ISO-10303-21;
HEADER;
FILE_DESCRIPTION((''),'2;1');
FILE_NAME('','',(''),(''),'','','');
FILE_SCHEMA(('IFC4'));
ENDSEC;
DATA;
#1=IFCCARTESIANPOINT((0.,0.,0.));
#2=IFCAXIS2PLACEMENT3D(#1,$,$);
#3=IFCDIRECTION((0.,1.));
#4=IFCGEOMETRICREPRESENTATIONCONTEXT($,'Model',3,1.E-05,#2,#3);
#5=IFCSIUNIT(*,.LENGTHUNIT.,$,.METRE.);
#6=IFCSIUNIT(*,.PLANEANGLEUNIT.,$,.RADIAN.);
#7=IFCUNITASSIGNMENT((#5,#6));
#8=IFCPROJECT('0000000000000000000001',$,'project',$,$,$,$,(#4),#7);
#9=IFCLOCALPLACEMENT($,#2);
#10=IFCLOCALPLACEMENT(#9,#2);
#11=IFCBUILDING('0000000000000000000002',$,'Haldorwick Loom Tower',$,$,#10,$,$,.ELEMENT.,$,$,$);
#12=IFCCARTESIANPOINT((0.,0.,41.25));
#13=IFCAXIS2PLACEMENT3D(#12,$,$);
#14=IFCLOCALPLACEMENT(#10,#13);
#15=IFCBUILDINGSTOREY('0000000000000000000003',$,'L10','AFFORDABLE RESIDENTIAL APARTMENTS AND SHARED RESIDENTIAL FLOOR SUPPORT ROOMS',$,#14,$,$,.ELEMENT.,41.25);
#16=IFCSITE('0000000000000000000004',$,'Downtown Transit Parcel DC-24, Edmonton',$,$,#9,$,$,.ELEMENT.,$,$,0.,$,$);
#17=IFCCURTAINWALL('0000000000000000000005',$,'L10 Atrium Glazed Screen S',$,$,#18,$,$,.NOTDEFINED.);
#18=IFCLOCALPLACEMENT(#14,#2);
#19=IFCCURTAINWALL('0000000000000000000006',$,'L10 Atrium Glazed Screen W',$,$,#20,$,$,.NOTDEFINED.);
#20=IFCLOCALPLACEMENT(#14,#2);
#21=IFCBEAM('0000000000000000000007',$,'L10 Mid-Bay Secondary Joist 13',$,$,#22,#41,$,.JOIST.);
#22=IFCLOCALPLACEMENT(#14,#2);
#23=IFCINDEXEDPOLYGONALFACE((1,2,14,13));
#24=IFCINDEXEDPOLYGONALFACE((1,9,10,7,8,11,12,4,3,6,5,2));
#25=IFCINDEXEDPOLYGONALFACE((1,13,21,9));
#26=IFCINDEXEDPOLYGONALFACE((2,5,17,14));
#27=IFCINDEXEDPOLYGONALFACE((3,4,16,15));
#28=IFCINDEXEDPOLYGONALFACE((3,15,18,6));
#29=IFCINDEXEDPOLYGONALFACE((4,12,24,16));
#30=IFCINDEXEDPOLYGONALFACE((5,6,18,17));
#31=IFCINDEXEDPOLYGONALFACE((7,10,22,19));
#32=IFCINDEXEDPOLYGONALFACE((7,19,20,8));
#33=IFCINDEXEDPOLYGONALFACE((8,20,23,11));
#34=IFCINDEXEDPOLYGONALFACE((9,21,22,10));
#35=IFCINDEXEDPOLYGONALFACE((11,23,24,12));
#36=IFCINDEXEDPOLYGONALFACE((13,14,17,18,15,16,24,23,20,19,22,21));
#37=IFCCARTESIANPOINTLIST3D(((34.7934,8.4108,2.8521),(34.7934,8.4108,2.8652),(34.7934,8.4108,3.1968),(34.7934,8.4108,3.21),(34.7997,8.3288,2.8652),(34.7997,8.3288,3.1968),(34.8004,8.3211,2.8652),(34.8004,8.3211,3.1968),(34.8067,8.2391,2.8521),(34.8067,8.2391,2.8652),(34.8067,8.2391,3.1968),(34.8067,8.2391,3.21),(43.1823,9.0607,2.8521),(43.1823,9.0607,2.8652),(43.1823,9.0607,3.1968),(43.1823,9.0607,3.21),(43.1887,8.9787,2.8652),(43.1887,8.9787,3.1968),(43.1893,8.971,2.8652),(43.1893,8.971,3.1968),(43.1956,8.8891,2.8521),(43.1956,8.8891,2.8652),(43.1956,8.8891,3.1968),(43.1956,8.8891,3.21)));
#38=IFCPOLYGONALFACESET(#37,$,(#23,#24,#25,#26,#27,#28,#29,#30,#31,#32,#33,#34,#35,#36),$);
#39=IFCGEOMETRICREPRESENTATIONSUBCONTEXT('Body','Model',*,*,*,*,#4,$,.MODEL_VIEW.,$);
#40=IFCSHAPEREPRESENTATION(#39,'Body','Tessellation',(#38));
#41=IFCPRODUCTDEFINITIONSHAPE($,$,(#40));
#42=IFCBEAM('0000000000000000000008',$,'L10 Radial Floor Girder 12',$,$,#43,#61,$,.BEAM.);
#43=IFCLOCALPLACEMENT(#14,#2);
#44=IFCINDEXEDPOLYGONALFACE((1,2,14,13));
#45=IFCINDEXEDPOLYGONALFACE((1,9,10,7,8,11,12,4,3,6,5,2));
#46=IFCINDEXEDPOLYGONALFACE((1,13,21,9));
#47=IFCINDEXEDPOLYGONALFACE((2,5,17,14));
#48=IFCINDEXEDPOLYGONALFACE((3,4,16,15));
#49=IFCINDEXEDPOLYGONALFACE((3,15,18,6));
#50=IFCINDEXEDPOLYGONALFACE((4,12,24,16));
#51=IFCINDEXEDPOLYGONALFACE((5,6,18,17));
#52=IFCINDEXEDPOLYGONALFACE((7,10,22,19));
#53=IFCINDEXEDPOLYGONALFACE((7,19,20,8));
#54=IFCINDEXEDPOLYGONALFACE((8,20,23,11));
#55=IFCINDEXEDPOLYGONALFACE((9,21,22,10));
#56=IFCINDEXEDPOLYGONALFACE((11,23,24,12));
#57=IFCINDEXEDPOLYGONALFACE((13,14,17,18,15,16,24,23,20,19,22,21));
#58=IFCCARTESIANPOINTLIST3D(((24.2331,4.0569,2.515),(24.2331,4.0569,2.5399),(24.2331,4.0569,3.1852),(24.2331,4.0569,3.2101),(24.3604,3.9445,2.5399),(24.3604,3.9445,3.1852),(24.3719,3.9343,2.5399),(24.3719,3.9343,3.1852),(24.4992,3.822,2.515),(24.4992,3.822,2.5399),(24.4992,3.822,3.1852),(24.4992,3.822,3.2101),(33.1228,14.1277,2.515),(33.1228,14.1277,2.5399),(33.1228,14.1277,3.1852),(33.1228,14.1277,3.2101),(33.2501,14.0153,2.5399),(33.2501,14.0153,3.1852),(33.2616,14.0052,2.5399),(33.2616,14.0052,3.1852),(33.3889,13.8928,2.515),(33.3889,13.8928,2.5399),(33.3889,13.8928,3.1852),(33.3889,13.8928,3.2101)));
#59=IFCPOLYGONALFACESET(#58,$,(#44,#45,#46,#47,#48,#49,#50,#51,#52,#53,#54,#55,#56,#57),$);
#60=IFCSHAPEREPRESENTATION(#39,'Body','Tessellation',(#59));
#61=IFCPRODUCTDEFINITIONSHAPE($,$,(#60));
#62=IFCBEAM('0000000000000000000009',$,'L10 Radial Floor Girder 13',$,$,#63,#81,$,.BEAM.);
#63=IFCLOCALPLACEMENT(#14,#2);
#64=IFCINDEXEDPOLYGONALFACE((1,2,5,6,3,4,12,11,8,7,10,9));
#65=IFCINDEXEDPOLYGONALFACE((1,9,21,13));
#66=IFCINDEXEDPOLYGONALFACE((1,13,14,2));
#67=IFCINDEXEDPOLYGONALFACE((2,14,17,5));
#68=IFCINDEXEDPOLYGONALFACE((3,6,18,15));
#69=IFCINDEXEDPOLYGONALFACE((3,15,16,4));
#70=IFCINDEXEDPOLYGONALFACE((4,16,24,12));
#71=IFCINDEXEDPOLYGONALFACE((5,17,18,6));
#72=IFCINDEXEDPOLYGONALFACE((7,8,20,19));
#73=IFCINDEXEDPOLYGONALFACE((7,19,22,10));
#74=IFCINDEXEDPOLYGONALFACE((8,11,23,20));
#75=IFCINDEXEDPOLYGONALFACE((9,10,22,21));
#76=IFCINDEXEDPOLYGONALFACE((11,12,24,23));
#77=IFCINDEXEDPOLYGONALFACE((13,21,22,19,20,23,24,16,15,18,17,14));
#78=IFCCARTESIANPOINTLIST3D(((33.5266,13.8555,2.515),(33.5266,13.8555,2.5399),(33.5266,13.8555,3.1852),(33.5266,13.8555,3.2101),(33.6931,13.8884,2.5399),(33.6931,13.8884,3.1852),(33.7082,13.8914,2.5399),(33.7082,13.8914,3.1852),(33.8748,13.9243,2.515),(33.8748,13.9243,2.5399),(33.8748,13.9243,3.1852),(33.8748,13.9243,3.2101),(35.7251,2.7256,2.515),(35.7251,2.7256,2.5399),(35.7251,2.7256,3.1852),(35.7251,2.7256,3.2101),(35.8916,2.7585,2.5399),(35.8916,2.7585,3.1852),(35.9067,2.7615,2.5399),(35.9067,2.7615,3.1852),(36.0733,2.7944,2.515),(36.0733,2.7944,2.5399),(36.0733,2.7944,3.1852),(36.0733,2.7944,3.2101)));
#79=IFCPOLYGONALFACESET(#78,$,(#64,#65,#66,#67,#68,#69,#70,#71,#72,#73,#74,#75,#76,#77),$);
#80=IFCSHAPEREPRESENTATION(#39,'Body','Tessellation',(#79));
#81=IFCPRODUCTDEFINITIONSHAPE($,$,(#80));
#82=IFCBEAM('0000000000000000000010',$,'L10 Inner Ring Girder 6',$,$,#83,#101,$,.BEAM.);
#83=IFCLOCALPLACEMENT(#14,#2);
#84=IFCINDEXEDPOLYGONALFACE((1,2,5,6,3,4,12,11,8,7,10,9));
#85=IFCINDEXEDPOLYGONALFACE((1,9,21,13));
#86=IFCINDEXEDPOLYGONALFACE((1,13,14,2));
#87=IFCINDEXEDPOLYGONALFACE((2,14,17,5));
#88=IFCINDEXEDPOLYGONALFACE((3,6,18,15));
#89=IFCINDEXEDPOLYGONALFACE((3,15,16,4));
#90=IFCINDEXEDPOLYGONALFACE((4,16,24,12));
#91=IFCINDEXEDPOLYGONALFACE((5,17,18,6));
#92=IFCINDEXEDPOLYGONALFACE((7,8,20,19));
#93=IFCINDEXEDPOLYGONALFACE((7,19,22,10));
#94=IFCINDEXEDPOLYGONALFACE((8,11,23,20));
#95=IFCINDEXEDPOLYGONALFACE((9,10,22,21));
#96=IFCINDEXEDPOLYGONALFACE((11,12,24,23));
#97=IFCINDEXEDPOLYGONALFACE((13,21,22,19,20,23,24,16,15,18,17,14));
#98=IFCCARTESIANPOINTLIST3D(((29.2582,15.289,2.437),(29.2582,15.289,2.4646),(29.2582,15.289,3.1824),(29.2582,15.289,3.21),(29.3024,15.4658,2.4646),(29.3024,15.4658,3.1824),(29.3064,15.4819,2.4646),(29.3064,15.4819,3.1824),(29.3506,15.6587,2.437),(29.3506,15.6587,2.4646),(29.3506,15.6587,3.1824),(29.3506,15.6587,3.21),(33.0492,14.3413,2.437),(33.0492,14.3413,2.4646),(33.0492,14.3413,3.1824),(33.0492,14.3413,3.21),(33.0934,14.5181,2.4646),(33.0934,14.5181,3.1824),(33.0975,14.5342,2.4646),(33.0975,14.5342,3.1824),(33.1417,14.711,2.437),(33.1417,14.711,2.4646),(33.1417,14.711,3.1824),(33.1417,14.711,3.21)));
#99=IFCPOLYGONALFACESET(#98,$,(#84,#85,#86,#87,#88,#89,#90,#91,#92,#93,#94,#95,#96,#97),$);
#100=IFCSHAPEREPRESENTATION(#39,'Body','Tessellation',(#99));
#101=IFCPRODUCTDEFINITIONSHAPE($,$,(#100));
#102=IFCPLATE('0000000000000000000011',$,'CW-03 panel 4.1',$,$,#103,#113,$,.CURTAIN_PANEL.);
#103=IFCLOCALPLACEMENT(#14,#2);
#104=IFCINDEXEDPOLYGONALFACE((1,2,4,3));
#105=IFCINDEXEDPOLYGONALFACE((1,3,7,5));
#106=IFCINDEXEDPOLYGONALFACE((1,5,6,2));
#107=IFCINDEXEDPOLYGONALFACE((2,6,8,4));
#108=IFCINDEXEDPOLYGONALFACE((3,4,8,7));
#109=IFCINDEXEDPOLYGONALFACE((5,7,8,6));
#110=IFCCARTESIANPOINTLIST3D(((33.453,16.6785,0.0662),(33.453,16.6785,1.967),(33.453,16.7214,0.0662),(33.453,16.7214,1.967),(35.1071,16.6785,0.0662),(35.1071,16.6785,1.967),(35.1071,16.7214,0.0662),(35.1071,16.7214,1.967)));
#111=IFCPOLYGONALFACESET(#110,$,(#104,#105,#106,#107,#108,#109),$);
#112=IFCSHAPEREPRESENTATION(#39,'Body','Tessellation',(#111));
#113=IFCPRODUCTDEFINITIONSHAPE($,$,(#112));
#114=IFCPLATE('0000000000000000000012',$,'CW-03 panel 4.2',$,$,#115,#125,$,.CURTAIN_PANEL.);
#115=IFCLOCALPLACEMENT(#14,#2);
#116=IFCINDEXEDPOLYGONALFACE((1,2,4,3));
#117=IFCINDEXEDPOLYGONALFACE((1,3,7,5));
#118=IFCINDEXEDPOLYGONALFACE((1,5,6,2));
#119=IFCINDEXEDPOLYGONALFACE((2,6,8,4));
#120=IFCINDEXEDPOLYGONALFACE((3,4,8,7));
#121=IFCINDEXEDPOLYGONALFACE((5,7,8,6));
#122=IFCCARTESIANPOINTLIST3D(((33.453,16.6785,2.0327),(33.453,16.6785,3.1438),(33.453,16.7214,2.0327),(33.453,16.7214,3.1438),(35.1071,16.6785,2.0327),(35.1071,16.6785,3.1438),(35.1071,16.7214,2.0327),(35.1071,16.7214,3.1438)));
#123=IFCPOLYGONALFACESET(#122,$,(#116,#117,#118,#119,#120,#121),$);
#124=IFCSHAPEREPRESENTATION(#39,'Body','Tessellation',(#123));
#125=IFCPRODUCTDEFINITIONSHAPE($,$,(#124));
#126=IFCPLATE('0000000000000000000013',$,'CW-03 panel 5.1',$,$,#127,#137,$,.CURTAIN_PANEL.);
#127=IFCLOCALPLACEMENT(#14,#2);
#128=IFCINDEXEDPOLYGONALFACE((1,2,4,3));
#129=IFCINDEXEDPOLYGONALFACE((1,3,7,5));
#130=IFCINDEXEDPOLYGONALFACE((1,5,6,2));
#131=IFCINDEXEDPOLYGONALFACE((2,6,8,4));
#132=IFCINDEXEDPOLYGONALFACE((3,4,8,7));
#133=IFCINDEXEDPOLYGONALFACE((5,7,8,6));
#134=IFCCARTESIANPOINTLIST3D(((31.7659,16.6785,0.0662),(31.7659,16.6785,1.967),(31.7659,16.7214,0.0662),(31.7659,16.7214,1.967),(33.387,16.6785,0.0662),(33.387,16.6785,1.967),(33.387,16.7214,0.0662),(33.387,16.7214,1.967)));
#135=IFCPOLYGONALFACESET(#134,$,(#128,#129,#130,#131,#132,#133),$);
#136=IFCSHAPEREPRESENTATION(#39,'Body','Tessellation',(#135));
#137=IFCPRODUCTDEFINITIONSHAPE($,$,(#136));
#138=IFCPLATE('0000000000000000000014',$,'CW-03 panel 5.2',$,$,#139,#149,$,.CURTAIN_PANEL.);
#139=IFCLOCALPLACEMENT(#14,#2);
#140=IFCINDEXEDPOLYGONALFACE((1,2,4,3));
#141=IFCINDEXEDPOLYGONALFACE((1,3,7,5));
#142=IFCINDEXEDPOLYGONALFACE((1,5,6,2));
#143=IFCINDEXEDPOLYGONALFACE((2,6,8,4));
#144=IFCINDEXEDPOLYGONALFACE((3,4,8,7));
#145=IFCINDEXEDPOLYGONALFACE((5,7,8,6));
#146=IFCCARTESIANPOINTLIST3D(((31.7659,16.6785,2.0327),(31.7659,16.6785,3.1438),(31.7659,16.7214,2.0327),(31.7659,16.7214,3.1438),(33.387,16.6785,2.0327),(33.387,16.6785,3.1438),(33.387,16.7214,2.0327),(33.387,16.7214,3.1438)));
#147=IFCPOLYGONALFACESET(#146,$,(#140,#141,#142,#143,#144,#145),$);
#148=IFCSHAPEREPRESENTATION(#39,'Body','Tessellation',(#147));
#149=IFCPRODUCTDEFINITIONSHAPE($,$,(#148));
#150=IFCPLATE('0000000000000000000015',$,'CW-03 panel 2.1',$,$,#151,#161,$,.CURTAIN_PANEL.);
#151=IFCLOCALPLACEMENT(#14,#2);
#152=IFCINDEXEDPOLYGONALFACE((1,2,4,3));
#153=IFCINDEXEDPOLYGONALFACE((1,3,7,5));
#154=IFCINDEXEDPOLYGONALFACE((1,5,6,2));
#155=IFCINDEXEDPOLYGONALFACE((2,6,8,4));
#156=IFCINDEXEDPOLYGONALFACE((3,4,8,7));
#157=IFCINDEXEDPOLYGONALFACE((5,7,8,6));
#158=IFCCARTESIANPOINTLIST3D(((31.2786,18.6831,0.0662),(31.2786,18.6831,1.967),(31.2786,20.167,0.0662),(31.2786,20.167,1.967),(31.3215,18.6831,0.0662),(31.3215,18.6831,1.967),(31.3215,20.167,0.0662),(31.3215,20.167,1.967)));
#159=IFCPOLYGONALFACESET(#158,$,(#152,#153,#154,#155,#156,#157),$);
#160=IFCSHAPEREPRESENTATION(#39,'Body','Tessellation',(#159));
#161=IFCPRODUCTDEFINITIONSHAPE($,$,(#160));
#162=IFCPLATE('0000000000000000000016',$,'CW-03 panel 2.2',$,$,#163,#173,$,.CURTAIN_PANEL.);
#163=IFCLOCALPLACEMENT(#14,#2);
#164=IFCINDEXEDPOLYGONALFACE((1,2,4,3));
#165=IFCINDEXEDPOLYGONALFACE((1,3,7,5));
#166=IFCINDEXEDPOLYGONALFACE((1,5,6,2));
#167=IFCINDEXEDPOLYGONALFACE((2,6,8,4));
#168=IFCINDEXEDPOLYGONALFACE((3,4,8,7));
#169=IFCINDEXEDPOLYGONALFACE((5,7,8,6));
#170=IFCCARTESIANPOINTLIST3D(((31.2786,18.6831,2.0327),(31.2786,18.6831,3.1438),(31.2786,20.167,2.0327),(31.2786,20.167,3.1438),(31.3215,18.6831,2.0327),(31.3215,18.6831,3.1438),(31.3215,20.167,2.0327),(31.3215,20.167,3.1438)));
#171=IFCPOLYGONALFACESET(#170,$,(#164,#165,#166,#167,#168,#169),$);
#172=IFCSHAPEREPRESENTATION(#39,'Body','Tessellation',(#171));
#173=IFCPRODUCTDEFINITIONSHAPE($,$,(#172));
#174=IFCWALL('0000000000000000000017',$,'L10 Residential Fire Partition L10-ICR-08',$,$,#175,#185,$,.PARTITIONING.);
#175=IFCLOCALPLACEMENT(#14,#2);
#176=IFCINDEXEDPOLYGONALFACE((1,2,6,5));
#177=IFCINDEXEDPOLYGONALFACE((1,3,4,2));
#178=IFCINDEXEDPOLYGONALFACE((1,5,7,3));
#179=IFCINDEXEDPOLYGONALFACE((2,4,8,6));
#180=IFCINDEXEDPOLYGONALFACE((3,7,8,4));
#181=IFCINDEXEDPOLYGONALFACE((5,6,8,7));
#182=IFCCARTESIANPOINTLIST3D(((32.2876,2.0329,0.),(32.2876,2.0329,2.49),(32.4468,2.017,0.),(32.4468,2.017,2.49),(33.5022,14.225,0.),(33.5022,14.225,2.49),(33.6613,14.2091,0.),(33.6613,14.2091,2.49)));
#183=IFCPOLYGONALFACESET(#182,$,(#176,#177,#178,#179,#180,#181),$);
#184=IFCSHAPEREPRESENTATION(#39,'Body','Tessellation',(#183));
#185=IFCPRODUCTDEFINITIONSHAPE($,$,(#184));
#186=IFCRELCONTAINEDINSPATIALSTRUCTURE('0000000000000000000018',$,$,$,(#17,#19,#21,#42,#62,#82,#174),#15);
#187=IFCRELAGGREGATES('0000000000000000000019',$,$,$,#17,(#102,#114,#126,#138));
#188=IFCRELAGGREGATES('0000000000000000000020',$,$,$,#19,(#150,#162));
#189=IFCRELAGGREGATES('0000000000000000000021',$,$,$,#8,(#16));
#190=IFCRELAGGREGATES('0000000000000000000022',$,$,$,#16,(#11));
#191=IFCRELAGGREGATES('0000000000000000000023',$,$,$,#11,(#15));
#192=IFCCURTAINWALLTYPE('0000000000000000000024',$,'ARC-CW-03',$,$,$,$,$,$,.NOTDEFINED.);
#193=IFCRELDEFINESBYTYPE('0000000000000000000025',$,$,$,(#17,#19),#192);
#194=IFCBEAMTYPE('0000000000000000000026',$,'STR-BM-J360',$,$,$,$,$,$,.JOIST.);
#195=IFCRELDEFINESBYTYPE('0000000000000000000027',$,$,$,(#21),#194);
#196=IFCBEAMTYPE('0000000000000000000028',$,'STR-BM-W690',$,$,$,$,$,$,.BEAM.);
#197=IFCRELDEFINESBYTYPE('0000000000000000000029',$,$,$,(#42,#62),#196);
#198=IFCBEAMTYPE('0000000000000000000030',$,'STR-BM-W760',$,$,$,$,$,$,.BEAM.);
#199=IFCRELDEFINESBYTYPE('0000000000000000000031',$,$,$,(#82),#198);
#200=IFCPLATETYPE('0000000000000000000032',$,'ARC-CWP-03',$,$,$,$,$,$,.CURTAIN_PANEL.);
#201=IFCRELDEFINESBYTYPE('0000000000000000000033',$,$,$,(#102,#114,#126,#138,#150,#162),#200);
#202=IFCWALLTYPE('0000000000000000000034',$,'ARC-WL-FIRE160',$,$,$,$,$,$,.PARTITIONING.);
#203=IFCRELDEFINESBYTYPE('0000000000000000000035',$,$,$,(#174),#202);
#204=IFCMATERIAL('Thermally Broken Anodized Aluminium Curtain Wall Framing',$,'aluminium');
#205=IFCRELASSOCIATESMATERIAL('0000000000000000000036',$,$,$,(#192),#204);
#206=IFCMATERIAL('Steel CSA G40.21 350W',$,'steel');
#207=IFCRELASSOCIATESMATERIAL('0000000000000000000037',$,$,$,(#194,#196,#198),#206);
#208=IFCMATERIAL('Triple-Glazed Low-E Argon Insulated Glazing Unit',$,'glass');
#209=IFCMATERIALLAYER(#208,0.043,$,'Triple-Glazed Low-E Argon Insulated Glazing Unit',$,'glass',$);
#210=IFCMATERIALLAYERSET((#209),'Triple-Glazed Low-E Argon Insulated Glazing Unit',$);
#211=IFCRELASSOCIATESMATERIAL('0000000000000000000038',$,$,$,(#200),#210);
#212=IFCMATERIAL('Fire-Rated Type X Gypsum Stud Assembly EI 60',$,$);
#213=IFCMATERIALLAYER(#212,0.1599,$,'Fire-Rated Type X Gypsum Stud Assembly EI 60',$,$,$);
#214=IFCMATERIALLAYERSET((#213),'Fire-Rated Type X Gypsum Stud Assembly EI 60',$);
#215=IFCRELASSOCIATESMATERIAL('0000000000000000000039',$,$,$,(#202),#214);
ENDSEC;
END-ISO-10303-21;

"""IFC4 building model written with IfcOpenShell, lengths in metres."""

from ifc_helpers import new_model, si_unit, direction, frame, frame_2d, origin, origin_2d, place, context, subcontext, project, spatial, rectangle, i_section, extrude, material, layer, layer_set, material_profile, profile_set, type_object, element, aggregate, save


model = new_model("IFC4")

# Units and contexts
model_context = context("Model", 3, precision=1e-05, world=origin(), true_north=direction((0.0, 1.0)))
body_context = subcontext(model_context, "Body", "Model", "MODEL_VIEW")
ifc_project = project(units=[si_unit("LENGTHUNIT", "METRE"), si_unit("PLANEANGLEUNIT", "RADIAN")], contexts=[model_context])

# Site, building, storey
site_placement = place(None, origin())
site = spatial("IfcSite", under=ifc_project, at=site_placement, Name="Downtown Transit Parcel DC-24, Edmonton", CompositionType="ELEMENT", RefElevation=0.0)
building_placement = place(site_placement, origin())
building = spatial("IfcBuilding", under=site, at=building_placement, Name="Haldorwick Loom Tower", CompositionType="ELEMENT")
storey_placement = place(building_placement, frame((0.0, 0.0, 41.25)))
storey = spatial("IfcBuildingStorey", under=building, at=storey_placement, Name="L10", Description="AFFORDABLE RESIDENTIAL APARTMENTS AND SHARED RESIDENTIAL FLOOR SUPPORT ROOMS", CompositionType="ELEMENT", Elevation=41.25)

# Curtain wall
ifc_material_1 = material(Name="Thermally Broken Anodized Aluminium Curtain Wall Framing", Category="aluminium")
curtain_wall_type = type_object("IfcCurtainWallType", Name="ARC-CW-03", PredefinedType="NOTDEFINED", material=ifc_material_1)
curtain_wall_1_placement = place(storey_placement, origin())
curtain_wall_1 = element("IfcCurtainWall", 1, at=curtain_wall_1_placement, inside=storey, type_object=curtain_wall_type, Name="L10 Atrium Glazed Screen S", PredefinedType="NOTDEFINED")

# Curtain wall
curtain_wall_2_placement = place(storey_placement, origin())
curtain_wall_2 = element("IfcCurtainWall", 2, at=curtain_wall_2_placement, inside=storey, type_object=curtain_wall_type, Name="L10 Atrium Glazed Screen W", PredefinedType="NOTDEFINED")

# Beams
ifc_material_2 = material(Name="Steel CSA G40.21 350W", Category="steel")
ifc_material_profile_1 = material_profile(ifc_material_2, i_section(OverallWidth=0.1721, OverallDepth=0.3579, WebThickness=0.0078, FlangeThickness=0.0132, at=origin_2d()), Name="W360X57", Category="steel")
ifc_profile_set_1 = profile_set([ifc_material_profile_1], Name="Steel CSA G40.21 350W")
beam_type_1 = type_object("IfcBeamType", Name="STR-BM-J360", PredefinedType="JOIST", material=ifc_profile_set_1)
beam_1_placement = place(storey_placement, frame((34.8, 8.325, 3.031), z_axis=(0.997013, 0.07724, 0.0), x_axis=(-0.07724, 0.997013, 0.0)))
element("IfcBeam", 3, at=beam_1_placement, inside=storey, type_object=beam_type_1, Name="L10 Mid-Bay Secondary Joist 13", PredefinedType="JOIST", context=body_context, shape_type="SweptSolid", body=[
    extrude(i_section(OverallWidth=0.1721, OverallDepth=0.3579, WebThickness=0.0078, FlangeThickness=0.0132, at=origin_2d()), origin(), (0.0, 0.0, 1.0), 8.4141),
])
ifc_material_profile_2 = material_profile(ifc_material_2, i_section(OverallWidth=0.355, OverallDepth=0.6951, WebThickness=0.0154, FlangeThickness=0.0249, at=origin_2d()), Name="W690X217", Category="steel")
ifc_profile_set_2 = profile_set([ifc_material_profile_2], Name="Steel CSA G40.21 350W")
beam_type_2 = type_object("IfcBeamType", Name="STR-BM-W690", PredefinedType="BEAM", material=ifc_profile_set_2)
beam_2_placement = place(storey_placement, frame((33.2559, 14.0103, 2.8625), z_axis=(-0.661774, -0.749703, 0.0), x_axis=(0.749703, -0.661774, 0.0)))
element("IfcBeam", 4, at=beam_2_placement, inside=storey, type_object=beam_type_2, Name="L10 Radial Floor Girder 12", PredefinedType="BEAM", context=body_context, shape_type="SweptSolid", body=[
    extrude(i_section(OverallWidth=0.355, OverallDepth=0.6951, WebThickness=0.0154, FlangeThickness=0.0249, at=origin_2d()), origin(), (0.0, 0.0, 1.0), 13.4331),
])
beam_3_placement = place(storey_placement, frame((33.7007, 13.8899, 2.8625), z_axis=(0.193786, -0.981044, 0.0), x_axis=(0.981044, 0.193786, 0.0)))
element("IfcBeam", 5, at=beam_3_placement, inside=storey, type_object=beam_type_2, Name="L10 Radial Floor Girder 13", PredefinedType="BEAM", context=body_context, shape_type="SweptSolid", body=[
    extrude(i_section(OverallWidth=0.355, OverallDepth=0.6951, WebThickness=0.0154, FlangeThickness=0.0249, at=origin_2d()), origin(), (0.0, 0.0, 1.0), 11.345),
])
ifc_material_profile_3 = material_profile(ifc_material_2, i_section(OverallWidth=0.3811, OverallDepth=0.7729, WebThickness=0.0166, FlangeThickness=0.0276, at=origin_2d()), Name="W760X257", Category="steel")
ifc_profile_set_3 = profile_set([ifc_material_profile_3], Name="Steel CSA G40.21 350W")
beam_type_3 = type_object("IfcBeamType", Name="STR-BM-W760", PredefinedType="BEAM", material=ifc_profile_set_3)
beam_4_placement = place(storey_placement, frame((33.0955, 14.5261, 2.8235), z_axis=(-0.970143, 0.242536, 0.0), x_axis=(-0.242536, -0.970143, 0.0)))
element("IfcBeam", 6, at=beam_4_placement, inside=storey, type_object=beam_type_3, Name="L10 Inner Ring Girder 6", PredefinedType="BEAM", context=body_context, shape_type="SweptSolid", body=[
    extrude(i_section(OverallWidth=0.3811, OverallDepth=0.7729, WebThickness=0.0166, FlangeThickness=0.0276, at=origin_2d()), origin(), (0.0, 0.0, 1.0), 3.9077),
])

# Plates
ifc_material_3 = material(Name="Triple-Glazed Low-E Argon Insulated Glazing Unit", Category="glass")
ifc_layer_1 = layer(ifc_material_3, 0.043, Name="Triple-Glazed Low-E Argon Insulated Glazing Unit", Category="glass")
ifc_layer_set_1 = layer_set([ifc_layer_1], Name="Triple-Glazed Low-E Argon Insulated Glazing Unit")
plate_type = type_object("IfcPlateType", Name="ARC-CWP-03", PredefinedType="CURTAIN_PANEL", material=ifc_layer_set_1)
plate_1_placement = place(storey_placement, frame((34.28, 16.7, 0.0662), z_axis=(0.0, 0.0, 1.0), x_axis=(-1.0, 0.0, 0.0)))
plate_1 = element("IfcPlate", 7, at=plate_1_placement, type_object=plate_type, Name="CW-03 panel 4.1", PredefinedType="CURTAIN_PANEL", context=body_context, shape_type="SweptSolid", body=[
    extrude(rectangle(XDim=1.6541, YDim=0.043, at=origin_2d()), origin(), (0.0, 0.0, 1.0), 1.9009),
])
plate_2_placement = place(storey_placement, frame((34.28, 16.7, 2.0327), z_axis=(0.0, 0.0, 1.0), x_axis=(-1.0, 0.0, 0.0)))
plate_2 = element("IfcPlate", 8, at=plate_2_placement, type_object=plate_type, Name="CW-03 panel 4.2", PredefinedType="CURTAIN_PANEL", context=body_context, shape_type="SweptSolid", body=[
    extrude(rectangle(XDim=1.6541, YDim=0.043, at=origin_2d()), origin(), (0.0, 0.0, 1.0), 1.1111),
])
plate_3_placement = place(storey_placement, frame((32.5764, 16.7, 0.0662), z_axis=(0.0, 0.0, 1.0), x_axis=(-1.0, 0.0, 0.0)))
plate_3 = element("IfcPlate", 9, at=plate_3_placement, type_object=plate_type, Name="CW-03 panel 5.1", PredefinedType="CURTAIN_PANEL", context=body_context, shape_type="SweptSolid", body=[
    extrude(rectangle(XDim=1.6211, YDim=0.043, at=origin_2d()), origin(), (0.0, 0.0, 1.0), 1.9009),
])
plate_4_placement = place(storey_placement, frame((32.5764, 16.7, 2.0327), z_axis=(0.0, 0.0, 1.0), x_axis=(-1.0, 0.0, 0.0)))
plate_4 = element("IfcPlate", 10, at=plate_4_placement, type_object=plate_type, Name="CW-03 panel 5.2", PredefinedType="CURTAIN_PANEL", context=body_context, shape_type="SweptSolid", body=[
    extrude(rectangle(XDim=1.6211, YDim=0.043, at=origin_2d()), origin(), (0.0, 0.0, 1.0), 1.1111),
])
aggregate(curtain_wall_1, [plate_1, plate_2, plate_3, plate_4])
plate_5_placement = place(storey_placement, frame((31.3, 19.425, 0.0662), z_axis=(0.0, 0.0, 1.0), x_axis=(0.0, 1.0, 0.0)))
plate_5 = element("IfcPlate", 11, at=plate_5_placement, type_object=plate_type, Name="CW-03 panel 2.1", PredefinedType="CURTAIN_PANEL", context=body_context, shape_type="SweptSolid", body=[
    extrude(rectangle(XDim=1.4839, YDim=0.043, at=origin_2d()), origin(), (0.0, 0.0, 1.0), 1.9009),
])
plate_6_placement = place(storey_placement, frame((31.3, 19.425, 2.0327), z_axis=(0.0, 0.0, 1.0), x_axis=(0.0, 1.0, 0.0)))
plate_6 = element("IfcPlate", 12, at=plate_6_placement, type_object=plate_type, Name="CW-03 panel 2.2", PredefinedType="CURTAIN_PANEL", context=body_context, shape_type="SweptSolid", body=[
    extrude(rectangle(XDim=1.4839, YDim=0.043, at=origin_2d()), origin(), (0.0, 0.0, 1.0), 1.1111),
])
aggregate(curtain_wall_2, [plate_5, plate_6])

# Wall
ifc_material_4 = material(Name="Fire-Rated Type X Gypsum Stud Assembly EI 60")
ifc_layer_2 = layer(ifc_material_4, 0.1599, Name="Fire-Rated Type X Gypsum Stud Assembly EI 60")
ifc_layer_set_2 = layer_set([ifc_layer_2], Name="Fire-Rated Type X Gypsum Stud Assembly EI 60")
wall_type = type_object("IfcWallType", Name="ARC-WL-FIRE160", PredefinedType="PARTITIONING", material=ifc_layer_set_2)
wall_1_placement = place(storey_placement, frame((33.5818, 14.217, 0.0), z_axis=(0.0, 0.0, 1.0), x_axis=(-0.099131, -0.995074, 0.0)))
element("IfcWall", 13, at=wall_1_placement, inside=storey, type_object=wall_type, Name="L10 Residential Fire Partition L10-ICR-08", PredefinedType="PARTITIONING", context=body_context, shape_type="SweptSolid", body=[
    extrude(rectangle(XDim=12.2524, YDim=0.1599, at=frame_2d((6.1262, 0.0))), origin(), (0.0, 0.0, 1.0), 2.49),
])

save(model, "model.ifc")
